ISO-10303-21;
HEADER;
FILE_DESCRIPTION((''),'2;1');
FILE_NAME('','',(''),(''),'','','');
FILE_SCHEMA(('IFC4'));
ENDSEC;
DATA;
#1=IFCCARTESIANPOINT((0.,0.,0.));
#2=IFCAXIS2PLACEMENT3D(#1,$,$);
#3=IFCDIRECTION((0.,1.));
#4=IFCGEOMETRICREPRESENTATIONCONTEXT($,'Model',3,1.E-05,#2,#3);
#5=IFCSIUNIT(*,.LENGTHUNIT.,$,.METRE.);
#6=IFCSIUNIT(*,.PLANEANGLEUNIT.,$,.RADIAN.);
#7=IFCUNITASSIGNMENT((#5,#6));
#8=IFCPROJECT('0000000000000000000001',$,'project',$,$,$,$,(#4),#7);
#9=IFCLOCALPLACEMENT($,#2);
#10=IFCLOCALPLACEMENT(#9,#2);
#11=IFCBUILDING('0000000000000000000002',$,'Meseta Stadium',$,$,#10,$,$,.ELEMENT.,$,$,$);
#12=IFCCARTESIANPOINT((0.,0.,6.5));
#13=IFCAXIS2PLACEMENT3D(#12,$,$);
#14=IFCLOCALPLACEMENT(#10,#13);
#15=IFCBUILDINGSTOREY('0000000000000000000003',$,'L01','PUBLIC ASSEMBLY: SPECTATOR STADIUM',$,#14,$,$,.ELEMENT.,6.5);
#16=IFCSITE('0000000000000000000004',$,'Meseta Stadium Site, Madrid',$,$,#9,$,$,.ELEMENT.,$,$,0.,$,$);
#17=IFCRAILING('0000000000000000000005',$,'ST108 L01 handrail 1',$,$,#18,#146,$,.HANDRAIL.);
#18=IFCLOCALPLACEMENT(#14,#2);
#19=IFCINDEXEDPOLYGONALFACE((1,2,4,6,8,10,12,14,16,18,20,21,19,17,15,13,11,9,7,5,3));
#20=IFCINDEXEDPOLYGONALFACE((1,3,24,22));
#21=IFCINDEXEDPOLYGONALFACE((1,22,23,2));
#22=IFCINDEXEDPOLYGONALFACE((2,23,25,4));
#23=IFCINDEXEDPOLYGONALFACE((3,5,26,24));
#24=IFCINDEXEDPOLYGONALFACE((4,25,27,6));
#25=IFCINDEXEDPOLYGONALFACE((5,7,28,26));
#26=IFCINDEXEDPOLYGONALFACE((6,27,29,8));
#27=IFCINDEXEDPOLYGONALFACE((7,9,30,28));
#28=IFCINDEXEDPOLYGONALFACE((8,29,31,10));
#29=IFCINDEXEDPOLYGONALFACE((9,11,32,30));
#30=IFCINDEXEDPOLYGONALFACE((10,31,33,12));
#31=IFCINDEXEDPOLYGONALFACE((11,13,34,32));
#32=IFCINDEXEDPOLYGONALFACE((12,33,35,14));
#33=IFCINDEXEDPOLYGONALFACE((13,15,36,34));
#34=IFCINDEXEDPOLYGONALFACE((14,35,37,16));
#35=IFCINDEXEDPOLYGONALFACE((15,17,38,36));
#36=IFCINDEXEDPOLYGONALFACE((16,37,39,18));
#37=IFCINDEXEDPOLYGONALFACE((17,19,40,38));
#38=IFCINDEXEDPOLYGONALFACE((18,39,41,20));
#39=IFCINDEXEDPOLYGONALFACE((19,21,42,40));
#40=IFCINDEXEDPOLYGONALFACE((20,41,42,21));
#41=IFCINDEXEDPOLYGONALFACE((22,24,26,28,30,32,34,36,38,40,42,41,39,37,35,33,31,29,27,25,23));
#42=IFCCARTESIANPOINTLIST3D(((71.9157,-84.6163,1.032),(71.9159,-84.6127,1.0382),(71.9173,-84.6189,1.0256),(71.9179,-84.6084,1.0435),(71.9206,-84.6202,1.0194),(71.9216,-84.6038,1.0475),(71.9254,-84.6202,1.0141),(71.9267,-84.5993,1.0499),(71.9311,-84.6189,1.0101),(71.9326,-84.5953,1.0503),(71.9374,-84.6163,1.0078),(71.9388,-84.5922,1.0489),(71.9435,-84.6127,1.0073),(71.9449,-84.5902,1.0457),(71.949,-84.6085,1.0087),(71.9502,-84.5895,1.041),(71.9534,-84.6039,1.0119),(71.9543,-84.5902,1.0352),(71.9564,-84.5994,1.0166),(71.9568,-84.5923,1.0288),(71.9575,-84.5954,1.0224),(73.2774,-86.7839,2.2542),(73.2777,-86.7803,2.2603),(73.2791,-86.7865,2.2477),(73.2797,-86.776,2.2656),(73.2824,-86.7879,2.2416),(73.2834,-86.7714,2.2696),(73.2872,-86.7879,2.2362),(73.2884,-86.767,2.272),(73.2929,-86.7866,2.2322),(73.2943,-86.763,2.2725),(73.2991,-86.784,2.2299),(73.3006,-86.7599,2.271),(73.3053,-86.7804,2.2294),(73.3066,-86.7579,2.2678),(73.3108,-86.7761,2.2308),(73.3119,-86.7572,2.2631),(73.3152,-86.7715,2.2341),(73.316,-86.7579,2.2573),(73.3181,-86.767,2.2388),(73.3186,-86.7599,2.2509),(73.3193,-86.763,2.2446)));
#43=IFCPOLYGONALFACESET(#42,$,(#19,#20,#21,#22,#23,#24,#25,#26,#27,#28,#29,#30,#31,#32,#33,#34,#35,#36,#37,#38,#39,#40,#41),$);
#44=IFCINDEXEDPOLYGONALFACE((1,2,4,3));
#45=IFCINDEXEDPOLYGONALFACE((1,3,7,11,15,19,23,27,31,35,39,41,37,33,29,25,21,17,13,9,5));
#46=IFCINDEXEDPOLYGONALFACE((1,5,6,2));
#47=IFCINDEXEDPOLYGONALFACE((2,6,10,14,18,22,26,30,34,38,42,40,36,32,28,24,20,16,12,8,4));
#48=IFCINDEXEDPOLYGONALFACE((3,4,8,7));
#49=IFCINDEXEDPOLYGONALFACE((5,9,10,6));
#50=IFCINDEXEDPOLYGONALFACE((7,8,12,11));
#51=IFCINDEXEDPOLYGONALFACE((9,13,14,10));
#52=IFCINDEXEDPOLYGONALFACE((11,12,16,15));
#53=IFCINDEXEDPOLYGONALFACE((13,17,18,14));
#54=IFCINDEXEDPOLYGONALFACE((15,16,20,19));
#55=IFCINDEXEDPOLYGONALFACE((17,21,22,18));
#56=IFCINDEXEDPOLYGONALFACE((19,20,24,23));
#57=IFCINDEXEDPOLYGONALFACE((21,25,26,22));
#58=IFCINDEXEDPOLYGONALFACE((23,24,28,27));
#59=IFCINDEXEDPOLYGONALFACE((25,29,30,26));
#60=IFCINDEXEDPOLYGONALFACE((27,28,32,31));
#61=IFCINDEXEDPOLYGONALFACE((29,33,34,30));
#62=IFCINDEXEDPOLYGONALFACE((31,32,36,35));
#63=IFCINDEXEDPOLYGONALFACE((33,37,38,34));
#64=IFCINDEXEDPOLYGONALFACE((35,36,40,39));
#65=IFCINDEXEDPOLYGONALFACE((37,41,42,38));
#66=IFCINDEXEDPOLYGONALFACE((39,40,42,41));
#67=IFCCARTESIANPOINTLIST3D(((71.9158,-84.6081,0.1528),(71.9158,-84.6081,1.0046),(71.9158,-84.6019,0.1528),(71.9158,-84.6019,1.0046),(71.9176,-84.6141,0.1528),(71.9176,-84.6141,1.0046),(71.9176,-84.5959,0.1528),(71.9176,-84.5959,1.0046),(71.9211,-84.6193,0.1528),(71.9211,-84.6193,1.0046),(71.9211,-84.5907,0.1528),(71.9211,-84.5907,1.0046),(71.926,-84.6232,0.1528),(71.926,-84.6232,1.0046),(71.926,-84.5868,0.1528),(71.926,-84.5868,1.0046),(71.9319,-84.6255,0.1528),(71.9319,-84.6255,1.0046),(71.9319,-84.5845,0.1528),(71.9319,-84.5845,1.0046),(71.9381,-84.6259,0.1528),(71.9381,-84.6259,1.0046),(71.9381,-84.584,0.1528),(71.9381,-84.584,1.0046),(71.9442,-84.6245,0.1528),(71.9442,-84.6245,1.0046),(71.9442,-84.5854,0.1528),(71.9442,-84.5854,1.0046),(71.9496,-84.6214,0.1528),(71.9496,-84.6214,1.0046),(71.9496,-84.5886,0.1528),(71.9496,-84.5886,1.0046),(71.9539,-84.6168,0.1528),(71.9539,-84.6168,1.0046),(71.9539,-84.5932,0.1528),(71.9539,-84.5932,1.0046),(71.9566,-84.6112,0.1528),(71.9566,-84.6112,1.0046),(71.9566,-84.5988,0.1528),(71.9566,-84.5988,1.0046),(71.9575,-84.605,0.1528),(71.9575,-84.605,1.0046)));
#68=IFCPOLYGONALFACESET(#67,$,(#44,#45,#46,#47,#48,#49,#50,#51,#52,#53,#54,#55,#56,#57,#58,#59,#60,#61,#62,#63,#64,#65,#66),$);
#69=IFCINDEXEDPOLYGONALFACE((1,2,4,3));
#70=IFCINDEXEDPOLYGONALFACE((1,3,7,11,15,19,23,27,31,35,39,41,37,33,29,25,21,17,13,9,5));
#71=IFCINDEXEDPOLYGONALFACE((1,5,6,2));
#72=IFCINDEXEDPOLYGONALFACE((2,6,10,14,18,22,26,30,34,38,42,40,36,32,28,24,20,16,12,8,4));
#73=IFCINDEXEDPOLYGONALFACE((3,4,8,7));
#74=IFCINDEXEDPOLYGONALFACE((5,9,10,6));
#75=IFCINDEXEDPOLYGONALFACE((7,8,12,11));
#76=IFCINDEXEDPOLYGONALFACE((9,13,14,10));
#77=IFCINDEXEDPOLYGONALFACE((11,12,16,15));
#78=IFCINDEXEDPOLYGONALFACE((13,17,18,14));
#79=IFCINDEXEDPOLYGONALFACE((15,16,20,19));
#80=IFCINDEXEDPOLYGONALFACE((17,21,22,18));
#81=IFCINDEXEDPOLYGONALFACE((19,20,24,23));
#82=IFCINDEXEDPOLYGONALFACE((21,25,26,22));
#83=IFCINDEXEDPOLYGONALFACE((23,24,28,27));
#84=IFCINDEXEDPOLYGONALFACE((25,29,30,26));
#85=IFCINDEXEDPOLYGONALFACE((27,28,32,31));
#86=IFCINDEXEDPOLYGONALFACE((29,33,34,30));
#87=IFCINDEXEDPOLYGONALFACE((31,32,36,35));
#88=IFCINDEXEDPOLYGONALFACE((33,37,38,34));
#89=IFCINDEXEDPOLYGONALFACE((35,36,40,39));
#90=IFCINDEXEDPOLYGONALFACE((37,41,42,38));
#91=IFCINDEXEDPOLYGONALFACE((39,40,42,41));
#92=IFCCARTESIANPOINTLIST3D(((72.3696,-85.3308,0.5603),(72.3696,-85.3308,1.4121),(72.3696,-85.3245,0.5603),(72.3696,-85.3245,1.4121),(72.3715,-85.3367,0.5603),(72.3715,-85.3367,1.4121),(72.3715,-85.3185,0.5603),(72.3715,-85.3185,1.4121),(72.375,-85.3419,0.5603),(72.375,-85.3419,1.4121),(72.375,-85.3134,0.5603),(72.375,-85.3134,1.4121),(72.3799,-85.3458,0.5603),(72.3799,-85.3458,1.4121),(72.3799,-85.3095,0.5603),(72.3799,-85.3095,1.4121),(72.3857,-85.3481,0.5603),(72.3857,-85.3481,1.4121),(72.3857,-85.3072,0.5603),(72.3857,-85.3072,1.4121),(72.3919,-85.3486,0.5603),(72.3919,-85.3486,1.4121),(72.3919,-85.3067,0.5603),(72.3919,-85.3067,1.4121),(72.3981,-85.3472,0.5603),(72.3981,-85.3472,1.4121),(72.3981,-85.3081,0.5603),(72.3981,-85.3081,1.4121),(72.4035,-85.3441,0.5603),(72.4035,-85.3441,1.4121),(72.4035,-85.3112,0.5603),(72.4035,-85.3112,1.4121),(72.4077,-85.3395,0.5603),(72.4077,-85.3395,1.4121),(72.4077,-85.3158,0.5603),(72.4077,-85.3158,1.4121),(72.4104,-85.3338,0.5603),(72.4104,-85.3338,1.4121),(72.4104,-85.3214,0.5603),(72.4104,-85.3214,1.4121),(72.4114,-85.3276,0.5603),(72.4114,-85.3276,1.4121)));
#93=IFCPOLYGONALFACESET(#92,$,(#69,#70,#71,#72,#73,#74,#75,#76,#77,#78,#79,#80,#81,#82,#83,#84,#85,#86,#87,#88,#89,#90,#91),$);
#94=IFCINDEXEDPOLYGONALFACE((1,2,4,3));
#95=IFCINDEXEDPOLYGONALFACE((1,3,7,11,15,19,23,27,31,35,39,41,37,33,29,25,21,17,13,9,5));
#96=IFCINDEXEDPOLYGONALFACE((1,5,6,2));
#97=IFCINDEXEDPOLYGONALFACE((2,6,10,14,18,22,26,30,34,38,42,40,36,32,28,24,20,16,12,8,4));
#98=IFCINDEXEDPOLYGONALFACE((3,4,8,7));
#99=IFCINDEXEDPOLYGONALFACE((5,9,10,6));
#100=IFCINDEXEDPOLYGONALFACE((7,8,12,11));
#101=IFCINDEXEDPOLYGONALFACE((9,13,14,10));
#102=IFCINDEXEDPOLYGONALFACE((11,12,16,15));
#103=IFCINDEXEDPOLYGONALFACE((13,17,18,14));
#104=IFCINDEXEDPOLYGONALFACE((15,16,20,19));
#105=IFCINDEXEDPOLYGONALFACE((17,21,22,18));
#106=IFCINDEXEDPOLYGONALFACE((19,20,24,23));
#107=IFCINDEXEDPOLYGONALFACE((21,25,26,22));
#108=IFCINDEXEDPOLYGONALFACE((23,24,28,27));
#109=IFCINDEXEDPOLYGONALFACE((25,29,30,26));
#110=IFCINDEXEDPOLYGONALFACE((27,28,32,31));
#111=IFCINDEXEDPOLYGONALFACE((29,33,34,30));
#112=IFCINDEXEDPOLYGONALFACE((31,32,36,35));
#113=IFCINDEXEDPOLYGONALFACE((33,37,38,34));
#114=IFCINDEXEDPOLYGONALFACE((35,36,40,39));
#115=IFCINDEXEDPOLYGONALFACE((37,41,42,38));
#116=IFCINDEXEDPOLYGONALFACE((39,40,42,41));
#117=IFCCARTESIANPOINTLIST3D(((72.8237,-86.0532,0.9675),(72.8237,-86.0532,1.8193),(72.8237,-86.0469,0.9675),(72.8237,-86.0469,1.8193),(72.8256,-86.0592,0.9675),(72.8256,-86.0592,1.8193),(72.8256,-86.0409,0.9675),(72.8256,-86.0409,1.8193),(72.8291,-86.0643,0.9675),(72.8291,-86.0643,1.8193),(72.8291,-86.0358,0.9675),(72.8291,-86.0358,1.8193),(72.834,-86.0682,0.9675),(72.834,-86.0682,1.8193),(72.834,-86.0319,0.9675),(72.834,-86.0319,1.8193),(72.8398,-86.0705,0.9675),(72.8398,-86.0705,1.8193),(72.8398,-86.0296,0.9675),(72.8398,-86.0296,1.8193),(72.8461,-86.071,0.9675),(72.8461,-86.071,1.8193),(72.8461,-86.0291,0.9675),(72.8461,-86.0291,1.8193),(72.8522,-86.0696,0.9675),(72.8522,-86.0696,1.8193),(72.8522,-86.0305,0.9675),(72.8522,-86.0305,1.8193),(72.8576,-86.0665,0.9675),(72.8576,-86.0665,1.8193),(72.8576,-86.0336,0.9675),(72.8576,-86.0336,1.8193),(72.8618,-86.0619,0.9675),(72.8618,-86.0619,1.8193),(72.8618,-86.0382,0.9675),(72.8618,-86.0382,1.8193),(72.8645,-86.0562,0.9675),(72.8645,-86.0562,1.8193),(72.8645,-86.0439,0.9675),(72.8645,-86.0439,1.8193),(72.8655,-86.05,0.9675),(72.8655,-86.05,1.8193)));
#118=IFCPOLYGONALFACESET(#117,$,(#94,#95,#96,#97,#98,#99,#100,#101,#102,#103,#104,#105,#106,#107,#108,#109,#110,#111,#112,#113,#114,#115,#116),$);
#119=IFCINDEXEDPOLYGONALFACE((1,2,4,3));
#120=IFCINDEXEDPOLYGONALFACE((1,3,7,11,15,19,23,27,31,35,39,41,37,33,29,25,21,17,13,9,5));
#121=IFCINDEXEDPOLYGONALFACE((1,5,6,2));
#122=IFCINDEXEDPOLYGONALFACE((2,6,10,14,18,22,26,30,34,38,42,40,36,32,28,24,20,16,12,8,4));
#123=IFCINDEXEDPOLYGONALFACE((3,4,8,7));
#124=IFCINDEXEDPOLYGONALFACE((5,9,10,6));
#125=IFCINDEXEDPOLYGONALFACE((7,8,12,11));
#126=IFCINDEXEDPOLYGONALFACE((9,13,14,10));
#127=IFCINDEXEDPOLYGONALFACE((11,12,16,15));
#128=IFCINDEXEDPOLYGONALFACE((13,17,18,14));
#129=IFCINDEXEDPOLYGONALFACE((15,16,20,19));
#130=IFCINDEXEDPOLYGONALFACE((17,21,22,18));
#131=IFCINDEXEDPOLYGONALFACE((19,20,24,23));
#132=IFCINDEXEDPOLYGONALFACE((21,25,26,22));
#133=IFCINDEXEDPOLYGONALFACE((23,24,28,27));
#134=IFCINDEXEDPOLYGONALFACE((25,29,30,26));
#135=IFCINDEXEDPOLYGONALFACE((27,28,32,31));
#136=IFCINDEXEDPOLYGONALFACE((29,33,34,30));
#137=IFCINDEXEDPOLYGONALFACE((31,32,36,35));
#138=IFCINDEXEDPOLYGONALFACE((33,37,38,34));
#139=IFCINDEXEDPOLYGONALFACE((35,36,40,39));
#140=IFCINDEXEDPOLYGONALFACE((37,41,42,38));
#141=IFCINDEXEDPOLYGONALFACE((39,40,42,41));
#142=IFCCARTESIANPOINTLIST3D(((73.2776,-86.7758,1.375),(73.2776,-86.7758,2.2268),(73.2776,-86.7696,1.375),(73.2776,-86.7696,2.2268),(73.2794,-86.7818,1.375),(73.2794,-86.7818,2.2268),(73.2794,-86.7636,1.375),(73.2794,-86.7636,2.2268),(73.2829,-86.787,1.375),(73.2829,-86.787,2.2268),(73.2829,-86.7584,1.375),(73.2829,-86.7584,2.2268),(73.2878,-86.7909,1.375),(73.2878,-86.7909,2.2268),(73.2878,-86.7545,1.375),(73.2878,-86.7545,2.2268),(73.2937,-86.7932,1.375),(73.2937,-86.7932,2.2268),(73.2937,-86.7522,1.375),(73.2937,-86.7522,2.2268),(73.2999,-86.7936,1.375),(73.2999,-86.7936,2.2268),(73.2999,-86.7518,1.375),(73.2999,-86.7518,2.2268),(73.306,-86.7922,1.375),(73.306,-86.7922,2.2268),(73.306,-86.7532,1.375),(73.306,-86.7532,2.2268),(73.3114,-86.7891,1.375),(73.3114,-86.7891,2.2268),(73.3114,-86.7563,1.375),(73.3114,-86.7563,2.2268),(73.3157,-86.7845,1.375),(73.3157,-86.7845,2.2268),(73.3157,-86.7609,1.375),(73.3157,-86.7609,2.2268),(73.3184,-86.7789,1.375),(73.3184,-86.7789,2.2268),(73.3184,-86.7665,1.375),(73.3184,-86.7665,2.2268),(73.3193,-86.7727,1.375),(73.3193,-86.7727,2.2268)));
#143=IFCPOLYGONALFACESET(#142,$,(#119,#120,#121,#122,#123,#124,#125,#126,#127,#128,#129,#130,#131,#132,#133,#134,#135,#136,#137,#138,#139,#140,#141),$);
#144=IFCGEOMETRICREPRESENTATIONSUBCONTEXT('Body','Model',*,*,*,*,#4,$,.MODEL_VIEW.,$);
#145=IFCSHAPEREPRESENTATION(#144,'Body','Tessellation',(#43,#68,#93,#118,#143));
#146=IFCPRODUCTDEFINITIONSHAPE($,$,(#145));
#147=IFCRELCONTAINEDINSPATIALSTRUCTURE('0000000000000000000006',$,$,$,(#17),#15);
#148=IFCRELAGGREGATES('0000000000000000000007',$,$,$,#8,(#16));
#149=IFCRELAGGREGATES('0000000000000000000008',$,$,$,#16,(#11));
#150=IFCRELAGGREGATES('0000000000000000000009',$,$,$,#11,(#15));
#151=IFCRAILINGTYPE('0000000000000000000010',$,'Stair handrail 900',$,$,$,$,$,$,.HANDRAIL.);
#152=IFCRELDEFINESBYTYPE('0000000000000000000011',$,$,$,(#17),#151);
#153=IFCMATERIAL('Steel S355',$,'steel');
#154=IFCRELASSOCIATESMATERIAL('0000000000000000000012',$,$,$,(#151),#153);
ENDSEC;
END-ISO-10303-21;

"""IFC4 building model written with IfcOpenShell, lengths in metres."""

from ifc_helpers import new_model, si_unit, direction, frame, origin, origin_2d, place, context, subcontext, project, spatial, circle, extrude, material, type_object, element, save


model = new_model("IFC4")

# Units and contexts
model_context = context("Model", 3, precision=1e-05, world=origin(), true_north=direction((0.0, 1.0)))
body_context = subcontext(model_context, "Body", "Model", "MODEL_VIEW")
ifc_project = project(units=[si_unit("LENGTHUNIT", "METRE"), si_unit("PLANEANGLEUNIT", "RADIAN")], contexts=[model_context])

# Site, building, storey
site_placement = place(None, origin())
site = spatial("IfcSite", under=ifc_project, at=site_placement, Name="Meseta Stadium Site, Madrid", CompositionType="ELEMENT", RefElevation=0.0)
building_placement = place(site_placement, origin())
building = spatial("IfcBuilding", under=site, at=building_placement, Name="Meseta Stadium", CompositionType="ELEMENT")
storey_placement = place(building_placement, frame((0.0, 0.0, 6.5)))
storey = spatial("IfcBuildingStorey", under=building, at=storey_placement, Name="L01", Description="PUBLIC ASSEMBLY: SPECTATOR STADIUM", CompositionType="ELEMENT", Elevation=6.5)

# Railing
ifc_material_1 = material(Name="Steel S355", Category="steel")
railing_type_1 = type_object("IfcRailingType", Name="Stair handrail 900", PredefinedType="HANDRAIL", material=ifc_material_1)
for number, where, name in (
    (1, (71.9365, -84.605, 0.1528), "ST108 L01 handrail 1"),
):
    element("IfcRailing", number, at=place(storey_placement, frame(where)), inside=storey, type_object=railing_type_1, Name=name, PredefinedType="HANDRAIL", context=body_context, shape_type="SweptSolid", body=[
        extrude(circle(Radius=0.0239, at=origin_2d()), frame((0.0, 0.0, 0.876), z_axis=(0.480059, -0.764152, 0.430831), x_axis=(0.846769, 0.531961, 0.0)), (0.0, 0.0, 1.0), 2.8367),
        extrude(circle(Radius=0.021, at=origin_2d()), origin(), (0.0, 0.0, 1.0), 0.8518),
        extrude(circle(Radius=0.021, at=origin_2d()), frame((0.4539, -0.7227, 0.4075)), (0.0, 0.0, 1.0), 0.8518),
        extrude(circle(Radius=0.021, at=origin_2d()), frame((0.908, -1.4451, 0.8147)), (0.0, 0.0, 1.0), 0.8518),
        extrude(circle(Radius=0.021, at=origin_2d()), frame((1.3618, -2.1677, 1.2222)), (0.0, 0.0, 1.0), 0.8518),
    ])

save(model, "model.ifc")
